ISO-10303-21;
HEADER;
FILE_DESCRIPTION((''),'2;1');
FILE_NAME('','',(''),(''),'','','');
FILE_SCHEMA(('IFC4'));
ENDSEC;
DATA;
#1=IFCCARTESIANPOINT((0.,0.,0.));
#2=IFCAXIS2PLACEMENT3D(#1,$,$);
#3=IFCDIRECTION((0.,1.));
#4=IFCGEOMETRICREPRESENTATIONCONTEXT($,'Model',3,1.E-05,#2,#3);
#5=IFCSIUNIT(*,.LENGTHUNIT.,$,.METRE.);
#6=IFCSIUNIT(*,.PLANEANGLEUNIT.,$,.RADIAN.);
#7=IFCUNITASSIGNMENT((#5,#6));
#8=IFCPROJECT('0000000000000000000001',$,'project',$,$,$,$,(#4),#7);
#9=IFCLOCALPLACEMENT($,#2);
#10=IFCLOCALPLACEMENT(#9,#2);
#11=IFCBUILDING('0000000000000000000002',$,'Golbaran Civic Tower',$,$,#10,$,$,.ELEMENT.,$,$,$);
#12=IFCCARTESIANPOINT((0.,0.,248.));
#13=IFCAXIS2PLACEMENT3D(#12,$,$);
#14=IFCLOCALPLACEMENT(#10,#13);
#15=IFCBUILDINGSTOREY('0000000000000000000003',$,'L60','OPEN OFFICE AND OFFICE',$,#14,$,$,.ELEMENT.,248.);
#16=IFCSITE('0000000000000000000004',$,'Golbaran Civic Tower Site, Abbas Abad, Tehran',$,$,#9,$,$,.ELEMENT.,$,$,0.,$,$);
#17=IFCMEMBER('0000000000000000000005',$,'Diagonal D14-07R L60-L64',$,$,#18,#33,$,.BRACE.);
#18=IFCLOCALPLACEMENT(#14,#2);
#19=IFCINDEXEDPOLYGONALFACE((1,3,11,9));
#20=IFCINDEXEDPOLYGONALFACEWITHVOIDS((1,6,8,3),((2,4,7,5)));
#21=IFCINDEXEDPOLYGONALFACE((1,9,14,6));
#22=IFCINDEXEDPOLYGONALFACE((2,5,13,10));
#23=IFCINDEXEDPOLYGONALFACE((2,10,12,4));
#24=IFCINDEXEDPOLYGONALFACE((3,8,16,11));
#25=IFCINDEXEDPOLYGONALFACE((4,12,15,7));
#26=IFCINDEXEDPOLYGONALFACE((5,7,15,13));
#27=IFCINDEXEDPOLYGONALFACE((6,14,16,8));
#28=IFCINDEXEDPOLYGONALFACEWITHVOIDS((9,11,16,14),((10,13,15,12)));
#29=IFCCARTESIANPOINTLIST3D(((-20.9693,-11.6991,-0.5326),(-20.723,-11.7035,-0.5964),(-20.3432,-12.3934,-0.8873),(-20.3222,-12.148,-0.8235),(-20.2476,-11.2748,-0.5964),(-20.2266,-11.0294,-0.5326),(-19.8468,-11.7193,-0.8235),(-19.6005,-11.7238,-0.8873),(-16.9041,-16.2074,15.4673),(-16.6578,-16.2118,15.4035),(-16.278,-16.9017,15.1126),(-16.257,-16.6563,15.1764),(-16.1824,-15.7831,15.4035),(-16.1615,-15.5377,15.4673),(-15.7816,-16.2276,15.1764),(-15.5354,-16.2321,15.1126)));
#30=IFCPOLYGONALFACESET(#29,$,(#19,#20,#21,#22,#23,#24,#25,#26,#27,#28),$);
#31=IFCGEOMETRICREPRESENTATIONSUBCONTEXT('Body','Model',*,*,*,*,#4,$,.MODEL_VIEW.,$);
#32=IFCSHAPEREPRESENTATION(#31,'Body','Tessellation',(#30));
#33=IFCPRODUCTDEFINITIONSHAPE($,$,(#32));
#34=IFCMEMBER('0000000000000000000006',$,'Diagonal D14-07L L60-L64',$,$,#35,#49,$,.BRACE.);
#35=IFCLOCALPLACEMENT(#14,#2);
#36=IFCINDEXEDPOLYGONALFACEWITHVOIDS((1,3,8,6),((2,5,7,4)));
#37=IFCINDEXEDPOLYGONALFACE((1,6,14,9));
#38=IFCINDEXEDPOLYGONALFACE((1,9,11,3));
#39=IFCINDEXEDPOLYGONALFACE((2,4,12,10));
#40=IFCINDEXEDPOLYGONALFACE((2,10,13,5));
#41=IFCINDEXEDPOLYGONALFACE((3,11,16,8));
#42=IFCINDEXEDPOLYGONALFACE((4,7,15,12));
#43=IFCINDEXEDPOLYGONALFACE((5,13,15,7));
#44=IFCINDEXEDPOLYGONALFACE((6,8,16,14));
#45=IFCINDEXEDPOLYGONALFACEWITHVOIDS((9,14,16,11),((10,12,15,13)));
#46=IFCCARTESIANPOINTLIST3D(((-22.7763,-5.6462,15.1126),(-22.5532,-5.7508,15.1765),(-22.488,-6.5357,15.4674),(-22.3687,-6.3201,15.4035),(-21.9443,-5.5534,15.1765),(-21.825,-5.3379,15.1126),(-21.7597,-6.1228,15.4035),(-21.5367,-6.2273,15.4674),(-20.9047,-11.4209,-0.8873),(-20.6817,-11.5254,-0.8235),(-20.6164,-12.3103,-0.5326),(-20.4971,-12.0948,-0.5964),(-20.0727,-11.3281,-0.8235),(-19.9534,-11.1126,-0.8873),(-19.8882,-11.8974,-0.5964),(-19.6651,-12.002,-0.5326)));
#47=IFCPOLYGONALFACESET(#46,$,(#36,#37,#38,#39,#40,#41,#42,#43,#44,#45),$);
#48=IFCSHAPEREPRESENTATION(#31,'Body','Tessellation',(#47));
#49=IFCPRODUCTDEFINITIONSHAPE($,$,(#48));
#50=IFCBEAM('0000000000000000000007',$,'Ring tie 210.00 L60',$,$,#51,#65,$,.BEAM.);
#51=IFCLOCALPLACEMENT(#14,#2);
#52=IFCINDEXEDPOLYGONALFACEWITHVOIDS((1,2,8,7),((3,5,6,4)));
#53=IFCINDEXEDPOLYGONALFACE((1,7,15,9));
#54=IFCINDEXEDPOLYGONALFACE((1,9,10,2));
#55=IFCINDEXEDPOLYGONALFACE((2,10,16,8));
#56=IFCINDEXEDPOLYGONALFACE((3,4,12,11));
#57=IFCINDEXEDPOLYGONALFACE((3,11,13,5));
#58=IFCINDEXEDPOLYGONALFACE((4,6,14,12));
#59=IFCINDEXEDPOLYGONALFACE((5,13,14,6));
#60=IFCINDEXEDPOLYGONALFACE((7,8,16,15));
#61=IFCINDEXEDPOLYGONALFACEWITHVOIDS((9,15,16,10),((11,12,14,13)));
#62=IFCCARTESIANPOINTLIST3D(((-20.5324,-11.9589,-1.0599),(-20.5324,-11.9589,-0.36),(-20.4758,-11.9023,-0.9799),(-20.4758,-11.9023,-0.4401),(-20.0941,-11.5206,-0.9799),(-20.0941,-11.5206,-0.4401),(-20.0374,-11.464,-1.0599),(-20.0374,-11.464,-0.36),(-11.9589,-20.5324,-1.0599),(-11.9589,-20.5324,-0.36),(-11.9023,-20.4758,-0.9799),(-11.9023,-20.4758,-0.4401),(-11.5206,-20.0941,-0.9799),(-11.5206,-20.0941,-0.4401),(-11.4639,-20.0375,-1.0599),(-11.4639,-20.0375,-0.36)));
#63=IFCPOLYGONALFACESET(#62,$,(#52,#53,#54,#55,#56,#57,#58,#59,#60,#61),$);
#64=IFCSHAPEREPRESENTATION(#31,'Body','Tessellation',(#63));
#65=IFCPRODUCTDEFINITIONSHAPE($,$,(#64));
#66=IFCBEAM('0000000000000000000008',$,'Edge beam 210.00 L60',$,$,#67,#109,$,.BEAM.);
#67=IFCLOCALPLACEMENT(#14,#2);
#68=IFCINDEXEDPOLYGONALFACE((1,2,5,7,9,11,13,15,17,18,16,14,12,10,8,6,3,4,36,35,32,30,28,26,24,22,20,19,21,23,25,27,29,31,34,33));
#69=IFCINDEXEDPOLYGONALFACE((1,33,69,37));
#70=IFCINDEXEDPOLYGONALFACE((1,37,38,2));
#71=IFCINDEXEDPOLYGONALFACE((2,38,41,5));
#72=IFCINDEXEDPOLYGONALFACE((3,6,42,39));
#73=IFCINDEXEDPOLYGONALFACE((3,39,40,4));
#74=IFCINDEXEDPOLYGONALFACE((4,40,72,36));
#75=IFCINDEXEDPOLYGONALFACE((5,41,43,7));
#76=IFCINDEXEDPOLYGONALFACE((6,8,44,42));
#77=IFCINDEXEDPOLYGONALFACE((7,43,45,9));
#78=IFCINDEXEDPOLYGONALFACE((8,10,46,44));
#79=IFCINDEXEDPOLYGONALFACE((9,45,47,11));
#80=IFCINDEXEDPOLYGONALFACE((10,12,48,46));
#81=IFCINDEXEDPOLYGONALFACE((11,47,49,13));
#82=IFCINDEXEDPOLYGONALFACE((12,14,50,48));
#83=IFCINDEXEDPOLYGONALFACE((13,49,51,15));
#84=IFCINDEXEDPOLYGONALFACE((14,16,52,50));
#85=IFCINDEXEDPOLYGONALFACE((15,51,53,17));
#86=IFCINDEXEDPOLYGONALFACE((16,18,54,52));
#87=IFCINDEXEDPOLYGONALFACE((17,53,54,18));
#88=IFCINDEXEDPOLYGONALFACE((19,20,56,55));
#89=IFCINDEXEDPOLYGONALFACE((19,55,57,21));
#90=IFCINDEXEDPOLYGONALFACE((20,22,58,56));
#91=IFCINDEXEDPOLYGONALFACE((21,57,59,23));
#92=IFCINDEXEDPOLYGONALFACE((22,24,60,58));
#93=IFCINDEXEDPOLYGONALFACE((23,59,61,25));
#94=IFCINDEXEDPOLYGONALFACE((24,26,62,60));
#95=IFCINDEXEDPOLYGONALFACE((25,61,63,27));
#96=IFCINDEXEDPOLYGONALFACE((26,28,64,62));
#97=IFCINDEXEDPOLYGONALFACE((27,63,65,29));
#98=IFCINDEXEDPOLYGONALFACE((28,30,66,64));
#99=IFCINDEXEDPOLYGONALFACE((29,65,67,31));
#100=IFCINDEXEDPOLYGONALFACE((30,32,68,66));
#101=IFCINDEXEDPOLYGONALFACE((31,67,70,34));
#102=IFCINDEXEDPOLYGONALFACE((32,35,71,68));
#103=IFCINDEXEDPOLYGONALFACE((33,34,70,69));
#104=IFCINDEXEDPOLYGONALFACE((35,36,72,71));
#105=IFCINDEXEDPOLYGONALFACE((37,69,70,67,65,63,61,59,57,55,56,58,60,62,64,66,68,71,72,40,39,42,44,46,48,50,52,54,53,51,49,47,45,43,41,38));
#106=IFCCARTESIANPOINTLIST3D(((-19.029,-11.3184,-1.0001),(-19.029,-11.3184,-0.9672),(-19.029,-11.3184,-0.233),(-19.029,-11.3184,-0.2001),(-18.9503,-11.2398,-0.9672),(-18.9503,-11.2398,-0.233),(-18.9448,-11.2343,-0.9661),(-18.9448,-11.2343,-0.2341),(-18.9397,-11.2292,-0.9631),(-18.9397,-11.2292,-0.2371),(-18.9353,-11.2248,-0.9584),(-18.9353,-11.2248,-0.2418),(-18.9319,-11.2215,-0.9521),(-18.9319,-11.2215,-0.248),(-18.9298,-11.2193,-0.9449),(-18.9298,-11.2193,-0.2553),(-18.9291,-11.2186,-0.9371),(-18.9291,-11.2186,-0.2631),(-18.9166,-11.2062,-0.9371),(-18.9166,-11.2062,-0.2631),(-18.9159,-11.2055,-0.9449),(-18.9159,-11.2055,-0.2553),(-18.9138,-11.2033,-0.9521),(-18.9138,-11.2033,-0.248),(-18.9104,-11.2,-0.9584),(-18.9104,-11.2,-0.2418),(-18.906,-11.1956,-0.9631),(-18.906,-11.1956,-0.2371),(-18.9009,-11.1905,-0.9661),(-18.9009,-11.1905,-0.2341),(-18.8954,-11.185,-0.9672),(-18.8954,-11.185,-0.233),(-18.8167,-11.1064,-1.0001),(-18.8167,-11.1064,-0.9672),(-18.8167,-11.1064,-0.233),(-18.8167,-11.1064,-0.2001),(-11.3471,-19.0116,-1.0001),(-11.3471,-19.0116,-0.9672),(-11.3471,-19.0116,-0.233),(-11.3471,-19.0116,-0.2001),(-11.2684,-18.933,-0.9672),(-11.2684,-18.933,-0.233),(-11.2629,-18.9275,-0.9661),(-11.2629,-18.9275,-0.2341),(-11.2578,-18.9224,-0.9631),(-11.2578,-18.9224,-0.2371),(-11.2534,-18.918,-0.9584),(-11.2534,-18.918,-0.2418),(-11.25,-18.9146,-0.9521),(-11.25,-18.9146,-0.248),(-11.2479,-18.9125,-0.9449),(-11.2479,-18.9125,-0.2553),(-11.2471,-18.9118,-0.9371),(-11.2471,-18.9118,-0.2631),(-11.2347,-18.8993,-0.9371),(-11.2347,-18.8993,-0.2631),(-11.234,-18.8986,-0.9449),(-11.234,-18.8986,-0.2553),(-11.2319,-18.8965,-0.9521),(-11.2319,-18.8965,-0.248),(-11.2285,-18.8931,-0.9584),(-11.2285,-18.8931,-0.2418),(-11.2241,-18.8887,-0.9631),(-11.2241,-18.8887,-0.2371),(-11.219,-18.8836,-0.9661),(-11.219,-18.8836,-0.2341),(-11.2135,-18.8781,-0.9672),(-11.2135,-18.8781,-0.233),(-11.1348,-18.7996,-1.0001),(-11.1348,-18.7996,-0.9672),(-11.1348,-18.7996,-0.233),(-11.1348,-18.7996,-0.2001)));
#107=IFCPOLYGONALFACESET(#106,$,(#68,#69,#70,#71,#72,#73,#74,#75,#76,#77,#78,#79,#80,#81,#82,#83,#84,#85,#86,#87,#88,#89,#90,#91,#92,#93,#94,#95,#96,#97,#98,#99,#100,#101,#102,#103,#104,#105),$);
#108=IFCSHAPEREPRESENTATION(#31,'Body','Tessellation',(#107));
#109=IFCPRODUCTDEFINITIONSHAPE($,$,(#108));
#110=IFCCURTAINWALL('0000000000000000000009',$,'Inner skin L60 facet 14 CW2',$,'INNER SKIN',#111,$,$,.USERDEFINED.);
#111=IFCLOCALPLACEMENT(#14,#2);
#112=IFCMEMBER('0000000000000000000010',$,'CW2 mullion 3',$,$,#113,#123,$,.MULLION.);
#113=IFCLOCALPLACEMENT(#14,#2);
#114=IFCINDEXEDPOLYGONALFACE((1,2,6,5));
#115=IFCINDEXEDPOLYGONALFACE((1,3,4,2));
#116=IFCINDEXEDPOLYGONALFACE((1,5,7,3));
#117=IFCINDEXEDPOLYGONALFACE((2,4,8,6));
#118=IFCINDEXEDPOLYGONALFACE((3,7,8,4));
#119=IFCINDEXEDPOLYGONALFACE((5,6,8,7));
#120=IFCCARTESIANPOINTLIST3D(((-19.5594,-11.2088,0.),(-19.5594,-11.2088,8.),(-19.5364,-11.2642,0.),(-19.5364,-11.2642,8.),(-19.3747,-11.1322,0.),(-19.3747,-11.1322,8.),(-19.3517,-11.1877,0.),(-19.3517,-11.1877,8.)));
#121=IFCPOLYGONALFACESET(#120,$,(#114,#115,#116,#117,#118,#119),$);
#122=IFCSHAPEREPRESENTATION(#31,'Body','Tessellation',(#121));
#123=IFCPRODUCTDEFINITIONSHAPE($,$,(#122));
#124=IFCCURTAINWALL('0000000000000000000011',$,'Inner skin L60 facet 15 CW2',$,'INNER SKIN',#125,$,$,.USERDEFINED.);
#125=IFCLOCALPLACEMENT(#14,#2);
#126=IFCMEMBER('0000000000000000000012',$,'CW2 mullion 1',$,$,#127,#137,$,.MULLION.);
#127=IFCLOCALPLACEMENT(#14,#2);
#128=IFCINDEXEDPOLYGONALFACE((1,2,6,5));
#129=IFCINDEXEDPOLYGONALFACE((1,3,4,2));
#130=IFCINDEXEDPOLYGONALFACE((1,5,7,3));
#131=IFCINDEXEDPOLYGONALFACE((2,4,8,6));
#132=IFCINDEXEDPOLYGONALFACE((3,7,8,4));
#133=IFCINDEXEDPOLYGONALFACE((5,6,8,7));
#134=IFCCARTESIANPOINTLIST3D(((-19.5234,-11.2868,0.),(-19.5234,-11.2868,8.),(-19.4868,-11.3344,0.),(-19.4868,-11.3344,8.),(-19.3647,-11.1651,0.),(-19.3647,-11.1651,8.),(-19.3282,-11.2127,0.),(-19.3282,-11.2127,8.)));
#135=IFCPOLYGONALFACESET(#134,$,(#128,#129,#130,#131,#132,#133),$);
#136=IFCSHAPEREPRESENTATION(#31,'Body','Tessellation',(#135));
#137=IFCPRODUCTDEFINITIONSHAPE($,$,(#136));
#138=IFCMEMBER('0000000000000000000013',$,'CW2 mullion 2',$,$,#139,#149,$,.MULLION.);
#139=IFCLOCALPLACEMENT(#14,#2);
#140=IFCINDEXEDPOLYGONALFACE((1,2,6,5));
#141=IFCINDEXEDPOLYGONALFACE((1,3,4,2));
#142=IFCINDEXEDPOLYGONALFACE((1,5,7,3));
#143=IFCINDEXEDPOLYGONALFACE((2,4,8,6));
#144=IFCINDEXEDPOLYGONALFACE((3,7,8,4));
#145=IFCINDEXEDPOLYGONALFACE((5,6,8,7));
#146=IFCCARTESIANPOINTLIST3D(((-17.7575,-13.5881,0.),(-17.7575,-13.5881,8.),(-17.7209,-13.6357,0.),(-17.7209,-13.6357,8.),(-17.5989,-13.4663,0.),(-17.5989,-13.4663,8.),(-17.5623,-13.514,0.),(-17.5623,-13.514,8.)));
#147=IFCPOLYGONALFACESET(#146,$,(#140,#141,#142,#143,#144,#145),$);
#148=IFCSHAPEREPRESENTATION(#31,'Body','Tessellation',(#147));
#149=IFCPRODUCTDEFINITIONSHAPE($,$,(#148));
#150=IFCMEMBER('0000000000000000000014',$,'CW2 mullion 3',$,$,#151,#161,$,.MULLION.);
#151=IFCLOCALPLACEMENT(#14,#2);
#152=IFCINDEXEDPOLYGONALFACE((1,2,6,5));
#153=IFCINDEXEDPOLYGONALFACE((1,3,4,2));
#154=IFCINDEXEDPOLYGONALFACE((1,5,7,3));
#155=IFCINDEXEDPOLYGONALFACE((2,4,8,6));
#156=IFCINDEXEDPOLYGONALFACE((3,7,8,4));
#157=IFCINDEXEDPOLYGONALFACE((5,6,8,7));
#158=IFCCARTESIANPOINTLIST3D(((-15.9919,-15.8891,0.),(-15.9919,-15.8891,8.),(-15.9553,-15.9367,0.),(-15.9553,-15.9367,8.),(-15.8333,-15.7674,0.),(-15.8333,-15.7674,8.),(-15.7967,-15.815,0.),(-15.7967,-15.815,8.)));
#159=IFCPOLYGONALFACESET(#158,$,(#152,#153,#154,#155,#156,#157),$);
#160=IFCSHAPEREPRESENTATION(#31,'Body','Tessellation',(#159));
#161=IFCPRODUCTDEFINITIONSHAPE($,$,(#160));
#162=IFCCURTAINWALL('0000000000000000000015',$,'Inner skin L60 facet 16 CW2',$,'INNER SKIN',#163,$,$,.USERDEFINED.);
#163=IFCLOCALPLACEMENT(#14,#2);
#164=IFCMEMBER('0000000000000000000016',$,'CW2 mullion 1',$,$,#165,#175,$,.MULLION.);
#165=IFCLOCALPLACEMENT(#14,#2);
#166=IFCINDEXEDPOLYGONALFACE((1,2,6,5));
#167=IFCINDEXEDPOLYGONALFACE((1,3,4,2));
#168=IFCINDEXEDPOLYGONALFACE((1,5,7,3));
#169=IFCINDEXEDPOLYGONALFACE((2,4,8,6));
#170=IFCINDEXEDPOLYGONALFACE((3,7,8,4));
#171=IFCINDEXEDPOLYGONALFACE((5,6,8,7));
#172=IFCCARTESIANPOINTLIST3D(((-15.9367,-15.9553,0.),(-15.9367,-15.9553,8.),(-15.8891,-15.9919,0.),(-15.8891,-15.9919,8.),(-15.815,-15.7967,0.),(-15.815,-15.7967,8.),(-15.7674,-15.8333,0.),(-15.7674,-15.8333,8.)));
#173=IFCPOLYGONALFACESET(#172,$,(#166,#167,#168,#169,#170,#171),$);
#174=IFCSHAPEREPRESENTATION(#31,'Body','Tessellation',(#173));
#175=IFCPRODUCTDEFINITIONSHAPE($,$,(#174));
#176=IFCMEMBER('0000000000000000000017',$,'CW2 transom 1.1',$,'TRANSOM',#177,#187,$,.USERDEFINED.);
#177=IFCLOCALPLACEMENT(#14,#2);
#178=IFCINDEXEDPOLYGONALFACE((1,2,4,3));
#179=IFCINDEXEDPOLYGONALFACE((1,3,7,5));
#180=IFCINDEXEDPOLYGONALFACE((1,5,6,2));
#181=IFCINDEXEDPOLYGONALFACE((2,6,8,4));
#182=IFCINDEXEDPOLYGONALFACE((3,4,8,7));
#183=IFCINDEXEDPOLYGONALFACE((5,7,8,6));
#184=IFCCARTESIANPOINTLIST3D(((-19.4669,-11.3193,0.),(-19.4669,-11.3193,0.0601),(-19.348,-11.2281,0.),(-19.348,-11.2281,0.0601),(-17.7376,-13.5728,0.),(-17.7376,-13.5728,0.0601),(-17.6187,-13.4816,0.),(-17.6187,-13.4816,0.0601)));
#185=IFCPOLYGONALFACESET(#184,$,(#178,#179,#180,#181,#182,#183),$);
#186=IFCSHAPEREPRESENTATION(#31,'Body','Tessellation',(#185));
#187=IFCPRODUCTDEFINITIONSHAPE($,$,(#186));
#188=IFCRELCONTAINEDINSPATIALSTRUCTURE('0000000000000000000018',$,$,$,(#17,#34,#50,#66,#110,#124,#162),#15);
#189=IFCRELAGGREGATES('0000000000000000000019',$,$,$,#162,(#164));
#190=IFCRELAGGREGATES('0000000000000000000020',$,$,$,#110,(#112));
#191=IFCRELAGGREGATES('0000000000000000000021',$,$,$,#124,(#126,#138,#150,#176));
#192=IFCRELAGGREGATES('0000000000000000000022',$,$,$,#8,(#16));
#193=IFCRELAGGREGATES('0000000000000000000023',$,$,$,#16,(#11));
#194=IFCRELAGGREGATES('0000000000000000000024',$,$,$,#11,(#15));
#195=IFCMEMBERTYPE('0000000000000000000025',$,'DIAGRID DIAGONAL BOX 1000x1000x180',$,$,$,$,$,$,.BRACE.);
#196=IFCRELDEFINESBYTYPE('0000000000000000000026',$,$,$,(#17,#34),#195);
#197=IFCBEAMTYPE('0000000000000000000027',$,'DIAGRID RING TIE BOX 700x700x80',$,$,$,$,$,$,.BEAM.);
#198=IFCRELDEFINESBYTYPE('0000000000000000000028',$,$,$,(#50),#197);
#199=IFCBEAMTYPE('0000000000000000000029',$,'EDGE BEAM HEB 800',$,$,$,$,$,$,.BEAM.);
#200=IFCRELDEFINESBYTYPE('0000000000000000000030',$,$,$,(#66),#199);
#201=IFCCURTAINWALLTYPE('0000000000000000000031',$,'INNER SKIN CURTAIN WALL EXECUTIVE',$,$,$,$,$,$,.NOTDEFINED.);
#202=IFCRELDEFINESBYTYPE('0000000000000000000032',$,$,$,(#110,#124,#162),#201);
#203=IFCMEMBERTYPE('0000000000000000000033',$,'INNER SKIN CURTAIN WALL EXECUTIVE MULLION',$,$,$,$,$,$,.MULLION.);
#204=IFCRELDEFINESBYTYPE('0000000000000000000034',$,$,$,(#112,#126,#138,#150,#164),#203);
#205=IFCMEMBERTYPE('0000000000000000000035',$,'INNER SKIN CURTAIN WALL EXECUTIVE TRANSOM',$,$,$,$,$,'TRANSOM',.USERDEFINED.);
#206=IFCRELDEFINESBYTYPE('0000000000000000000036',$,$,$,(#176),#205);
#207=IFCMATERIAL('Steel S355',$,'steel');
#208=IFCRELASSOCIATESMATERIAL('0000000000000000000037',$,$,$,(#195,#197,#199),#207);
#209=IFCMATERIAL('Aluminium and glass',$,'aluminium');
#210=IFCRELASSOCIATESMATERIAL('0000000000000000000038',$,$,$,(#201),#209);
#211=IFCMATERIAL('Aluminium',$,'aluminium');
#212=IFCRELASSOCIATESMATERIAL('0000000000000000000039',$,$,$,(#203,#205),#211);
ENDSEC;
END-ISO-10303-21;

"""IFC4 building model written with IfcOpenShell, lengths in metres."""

from ifc_helpers import new_model, si_unit, direction, frame, origin, origin_2d, place, context, subcontext, project, spatial, rectangle, hollow_rectangle, i_section, extrude, material, material_profile, profile_set, type_object, element, aggregate, save


model = new_model("IFC4")

# Units and contexts
model_context = context("Model", 3, precision=1e-05, world=origin(), true_north=direction((0.0, 1.0)))
body_context = subcontext(model_context, "Body", "Model", "MODEL_VIEW")
ifc_project = project(units=[si_unit("LENGTHUNIT", "METRE"), si_unit("PLANEANGLEUNIT", "RADIAN")], contexts=[model_context])

# Site, building, storey
site_placement = place(None, origin())
site = spatial("IfcSite", under=ifc_project, at=site_placement, Name="Golbaran Civic Tower Site, Abbas Abad, Tehran", CompositionType="ELEMENT", RefElevation=0.0)
building_placement = place(site_placement, origin())
building = spatial("IfcBuilding", under=site, at=building_placement, Name="Golbaran Civic Tower", CompositionType="ELEMENT")
storey_placement = place(building_placement, frame((0.0, 0.0, 248.0)))
storey = spatial("IfcBuildingStorey", under=building, at=storey_placement, Name="L60", Description="OPEN OFFICE AND OFFICE", CompositionType="ELEMENT", Elevation=248.0)

# Members
ifc_material_1 = material(Name="Steel S355", Category="steel")
ifc_material_profile_1 = material_profile(ifc_material_1, hollow_rectangle(XDim=1.0, YDim=1.0, WallThickness=0.1799, at=origin_2d()), Name="BOX 1000x1000x180")
ifc_profile_set_1 = profile_set([ifc_material_profile_1], Name="Steel S355")
member_type_1 = type_object("IfcMemberType", Name="DIAGRID DIAGONAL BOX 1000x1000x180", PredefinedType="BRACE", material=ifc_profile_set_1)
for number, where, z_axis, x_axis, name in (
    (1, (-20.2849, -11.7114, -0.71), (0.237551, -0.263445, 0.934969), (0.742662, 0.669667, 0.0), "Diagonal D14-07R L60-L64"),
    (2, (-20.2849, -11.7114, -0.71), (-0.109367, 0.337446, 0.93497), (-0.951285, -0.308314, 0.0), "Diagonal D14-07L L60-L64"),
):
    element("IfcMember", number, at=place(storey_placement, frame(where, z_axis=z_axis, x_axis=x_axis)), inside=storey, type_object=member_type_1, Name=name, PredefinedType="BRACE", context=body_context, shape_type="SweptSolid", body=[
        extrude(hollow_rectangle(XDim=1.0, YDim=1.0, WallThickness=0.1799, at=origin_2d()), origin(), (0.0, 0.0, 1.0), 17.1128),
    ])

# Beams
ifc_material_profile_2 = material_profile(ifc_material_1, hollow_rectangle(XDim=0.7, YDim=0.7, WallThickness=0.0801, at=origin_2d()), Name="BOX 700x700x80")
ifc_profile_set_2 = profile_set([ifc_material_profile_2], Name="Steel S355")
beam_type_1 = type_object("IfcBeamType", Name="DIAGRID RING TIE BOX 700x700x80", PredefinedType="BEAM", material=ifc_profile_set_2)
beam_1_placement = place(storey_placement, frame((-20.2849, -11.7114, -0.71), z_axis=(0.707107, -0.707107, 0.0), x_axis=(0.707107, 0.707107, 0.0)))
element("IfcBeam", 3, at=beam_1_placement, inside=storey, type_object=beam_type_1, Name="Ring tie 210.00 L60", PredefinedType="BEAM", context=body_context, shape_type="SweptSolid", body=[
    extrude(hollow_rectangle(XDim=0.7, YDim=0.7, WallThickness=0.0801, at=origin_2d()), origin(), (0.0, 0.0, 1.0), 12.1248),
])
ifc_material_profile_3 = material_profile(ifc_material_1, i_section(OverallWidth=0.3, OverallDepth=0.8, WebThickness=0.0176, FlangeThickness=0.033, FilletRadius=0.03, at=origin_2d()), Name="HEB 800")
ifc_profile_set_3 = profile_set([ifc_material_profile_3], Name="Steel S355")
beam_type_2 = type_object("IfcBeamType", Name="EDGE BEAM HEB 800", PredefinedType="BEAM", material=ifc_profile_set_3)
beam_2_placement = place(storey_placement, frame((-18.9229, -11.2124, -0.6001), z_axis=(0.70659, -0.707623, 0.0), x_axis=(0.707623, 0.70659, 0.0)))
element("IfcBeam", 4, at=beam_2_placement, inside=storey, type_object=beam_type_2, Name="Edge beam 210.00 L60", PredefinedType="BEAM", context=body_context, shape_type="SweptSolid", body=[
    extrude(i_section(OverallWidth=0.3, OverallDepth=0.8, WebThickness=0.0176, FlangeThickness=0.033, FilletRadius=0.03, at=origin_2d()), origin(), (0.0, 0.0, 1.0), 10.8718),
])

# Curtain wall, member
ifc_material_2 = material(Name="Aluminium and glass", Category="aluminium")
curtain_wall_type_1 = type_object("IfcCurtainWallType", Name="INNER SKIN CURTAIN WALL EXECUTIVE", PredefinedType="NOTDEFINED", material=ifc_material_2)
curtain_wall_1_placement = place(storey_placement, origin())
curtain_wall_1 = element("IfcCurtainWall", 5, at=curtain_wall_1_placement, inside=storey, type_object=curtain_wall_type_1, Name="Inner skin L60 facet 14 CW2", ObjectType="INNER SKIN", PredefinedType="USERDEFINED")
ifc_material_3 = material(Name="Aluminium", Category="aluminium")
ifc_material_profile_4 = material_profile(ifc_material_3, rectangle(XDim=0.2, YDim=0.0601, at=origin_2d()), Name="INNER SKIN CURTAIN WALL EXECUTIVE MULLION")
ifc_profile_set_4 = profile_set([ifc_material_profile_4], Name="Aluminium")
member_type_2 = type_object("IfcMemberType", Name="INNER SKIN CURTAIN WALL EXECUTIVE MULLION", PredefinedType="MULLION", material=ifc_profile_set_4)
member_1_placement = place(storey_placement, frame((-19.4556, -11.1982, 0.0), z_axis=(0.0, 0.0, 1.0), x_axis=(0.92388, 0.382683, 0.0)))
member_1 = element("IfcMember", 6, at=member_1_placement, type_object=member_type_2, Name="CW2 mullion 3", PredefinedType="MULLION", context=body_context, shape_type="SweptSolid", body=[
    extrude(rectangle(XDim=0.2, YDim=0.0601, at=origin_2d()), origin(), (0.0, 0.0, 1.0), 8.0),
])

# Curtain wall, members
curtain_wall_2_placement = place(storey_placement, origin())
curtain_wall_2 = element("IfcCurtainWall", 7, at=curtain_wall_2_placement, inside=storey, type_object=curtain_wall_type_1, Name="Inner skin L60 facet 15 CW2", ObjectType="INNER SKIN", PredefinedType="USERDEFINED")
member_2_placement = place(storey_placement, frame((-19.4258, -11.2498, 0.0), z_axis=(0.0, 0.0, 1.0), x_axis=(0.793353, 0.608761, 0.0)))
member_2 = element("IfcMember", 8, at=member_2_placement, type_object=member_type_2, Name="CW2 mullion 1", PredefinedType="MULLION", context=body_context, shape_type="SweptSolid", body=[
    extrude(rectangle(XDim=0.2, YDim=0.0601, at=origin_2d()), origin(), (0.0, 0.0, 1.0), 8.0),
])
member_3_placement = place(storey_placement, frame((-17.6599, -13.551, 0.0), z_axis=(0.0, 0.0, 1.0), x_axis=(0.793353, 0.608761, 0.0)))
member_3 = element("IfcMember", 9, at=member_3_placement, type_object=member_type_2, Name="CW2 mullion 2", PredefinedType="MULLION", context=body_context, shape_type="SweptSolid", body=[
    extrude(rectangle(XDim=0.2, YDim=0.0601, at=origin_2d()), origin(), (0.0, 0.0, 1.0), 8.0),
])
member_4_placement = place(storey_placement, frame((-15.8943, -15.8521, 0.0), z_axis=(0.0, 0.0, 1.0), x_axis=(0.793353, 0.608761, 0.0)))
member_4 = element("IfcMember", 10, at=member_4_placement, type_object=member_type_2, Name="CW2 mullion 3", PredefinedType="MULLION", context=body_context, shape_type="SweptSolid", body=[
    extrude(rectangle(XDim=0.2, YDim=0.0601, at=origin_2d()), origin(), (0.0, 0.0, 1.0), 8.0),
])

# Curtain wall, member
curtain_wall_3_placement = place(storey_placement, origin())
curtain_wall_3 = element("IfcCurtainWall", 11, at=curtain_wall_3_placement, inside=storey, type_object=curtain_wall_type_1, Name="Inner skin L60 facet 16 CW2", ObjectType="INNER SKIN", PredefinedType="USERDEFINED")
member_5_placement = place(storey_placement, frame((-15.8521, -15.8943, 0.0), z_axis=(0.0, 0.0, 1.0), x_axis=(0.608761, 0.793353, 0.0)))
member_5 = element("IfcMember", 12, at=member_5_placement, type_object=member_type_2, Name="CW2 mullion 1", PredefinedType="MULLION", context=body_context, shape_type="SweptSolid", body=[
    extrude(rectangle(XDim=0.2, YDim=0.0601, at=origin_2d()), origin(), (0.0, 0.0, 1.0), 8.0),
])

# Member
ifc_material_profile_5 = material_profile(ifc_material_3, rectangle(XDim=0.1499, YDim=0.0601, at=origin_2d()), Name="INNER SKIN CURTAIN WALL EXECUTIVE TRANSOM")
ifc_profile_set_5 = profile_set([ifc_material_profile_5], Name="Aluminium")
member_type_3 = type_object("IfcMemberType", Name="INNER SKIN CURTAIN WALL EXECUTIVE TRANSOM", ElementType="TRANSOM", PredefinedType="USERDEFINED", material=ifc_profile_set_5)
member_6_placement = place(storey_placement, frame((-19.4075, -11.2737, 0.03), z_axis=(0.608792, -0.79333, 0.0), x_axis=(0.79333, 0.608792, 0.0)))
member_6 = element("IfcMember", 13, at=member_6_placement, type_object=member_type_3, Name="CW2 transom 1.1", ObjectType="TRANSOM", PredefinedType="USERDEFINED", context=body_context, shape_type="SweptSolid", body=[
    extrude(rectangle(XDim=0.1499, YDim=0.0601, at=origin_2d()), origin(), (0.0, 0.0, 1.0), 2.8406),
])

aggregate(curtain_wall_3, [member_5])
aggregate(curtain_wall_1, [member_1])
aggregate(curtain_wall_2, [member_2, member_3, member_4, member_6])

save(model, "model.ifc")
